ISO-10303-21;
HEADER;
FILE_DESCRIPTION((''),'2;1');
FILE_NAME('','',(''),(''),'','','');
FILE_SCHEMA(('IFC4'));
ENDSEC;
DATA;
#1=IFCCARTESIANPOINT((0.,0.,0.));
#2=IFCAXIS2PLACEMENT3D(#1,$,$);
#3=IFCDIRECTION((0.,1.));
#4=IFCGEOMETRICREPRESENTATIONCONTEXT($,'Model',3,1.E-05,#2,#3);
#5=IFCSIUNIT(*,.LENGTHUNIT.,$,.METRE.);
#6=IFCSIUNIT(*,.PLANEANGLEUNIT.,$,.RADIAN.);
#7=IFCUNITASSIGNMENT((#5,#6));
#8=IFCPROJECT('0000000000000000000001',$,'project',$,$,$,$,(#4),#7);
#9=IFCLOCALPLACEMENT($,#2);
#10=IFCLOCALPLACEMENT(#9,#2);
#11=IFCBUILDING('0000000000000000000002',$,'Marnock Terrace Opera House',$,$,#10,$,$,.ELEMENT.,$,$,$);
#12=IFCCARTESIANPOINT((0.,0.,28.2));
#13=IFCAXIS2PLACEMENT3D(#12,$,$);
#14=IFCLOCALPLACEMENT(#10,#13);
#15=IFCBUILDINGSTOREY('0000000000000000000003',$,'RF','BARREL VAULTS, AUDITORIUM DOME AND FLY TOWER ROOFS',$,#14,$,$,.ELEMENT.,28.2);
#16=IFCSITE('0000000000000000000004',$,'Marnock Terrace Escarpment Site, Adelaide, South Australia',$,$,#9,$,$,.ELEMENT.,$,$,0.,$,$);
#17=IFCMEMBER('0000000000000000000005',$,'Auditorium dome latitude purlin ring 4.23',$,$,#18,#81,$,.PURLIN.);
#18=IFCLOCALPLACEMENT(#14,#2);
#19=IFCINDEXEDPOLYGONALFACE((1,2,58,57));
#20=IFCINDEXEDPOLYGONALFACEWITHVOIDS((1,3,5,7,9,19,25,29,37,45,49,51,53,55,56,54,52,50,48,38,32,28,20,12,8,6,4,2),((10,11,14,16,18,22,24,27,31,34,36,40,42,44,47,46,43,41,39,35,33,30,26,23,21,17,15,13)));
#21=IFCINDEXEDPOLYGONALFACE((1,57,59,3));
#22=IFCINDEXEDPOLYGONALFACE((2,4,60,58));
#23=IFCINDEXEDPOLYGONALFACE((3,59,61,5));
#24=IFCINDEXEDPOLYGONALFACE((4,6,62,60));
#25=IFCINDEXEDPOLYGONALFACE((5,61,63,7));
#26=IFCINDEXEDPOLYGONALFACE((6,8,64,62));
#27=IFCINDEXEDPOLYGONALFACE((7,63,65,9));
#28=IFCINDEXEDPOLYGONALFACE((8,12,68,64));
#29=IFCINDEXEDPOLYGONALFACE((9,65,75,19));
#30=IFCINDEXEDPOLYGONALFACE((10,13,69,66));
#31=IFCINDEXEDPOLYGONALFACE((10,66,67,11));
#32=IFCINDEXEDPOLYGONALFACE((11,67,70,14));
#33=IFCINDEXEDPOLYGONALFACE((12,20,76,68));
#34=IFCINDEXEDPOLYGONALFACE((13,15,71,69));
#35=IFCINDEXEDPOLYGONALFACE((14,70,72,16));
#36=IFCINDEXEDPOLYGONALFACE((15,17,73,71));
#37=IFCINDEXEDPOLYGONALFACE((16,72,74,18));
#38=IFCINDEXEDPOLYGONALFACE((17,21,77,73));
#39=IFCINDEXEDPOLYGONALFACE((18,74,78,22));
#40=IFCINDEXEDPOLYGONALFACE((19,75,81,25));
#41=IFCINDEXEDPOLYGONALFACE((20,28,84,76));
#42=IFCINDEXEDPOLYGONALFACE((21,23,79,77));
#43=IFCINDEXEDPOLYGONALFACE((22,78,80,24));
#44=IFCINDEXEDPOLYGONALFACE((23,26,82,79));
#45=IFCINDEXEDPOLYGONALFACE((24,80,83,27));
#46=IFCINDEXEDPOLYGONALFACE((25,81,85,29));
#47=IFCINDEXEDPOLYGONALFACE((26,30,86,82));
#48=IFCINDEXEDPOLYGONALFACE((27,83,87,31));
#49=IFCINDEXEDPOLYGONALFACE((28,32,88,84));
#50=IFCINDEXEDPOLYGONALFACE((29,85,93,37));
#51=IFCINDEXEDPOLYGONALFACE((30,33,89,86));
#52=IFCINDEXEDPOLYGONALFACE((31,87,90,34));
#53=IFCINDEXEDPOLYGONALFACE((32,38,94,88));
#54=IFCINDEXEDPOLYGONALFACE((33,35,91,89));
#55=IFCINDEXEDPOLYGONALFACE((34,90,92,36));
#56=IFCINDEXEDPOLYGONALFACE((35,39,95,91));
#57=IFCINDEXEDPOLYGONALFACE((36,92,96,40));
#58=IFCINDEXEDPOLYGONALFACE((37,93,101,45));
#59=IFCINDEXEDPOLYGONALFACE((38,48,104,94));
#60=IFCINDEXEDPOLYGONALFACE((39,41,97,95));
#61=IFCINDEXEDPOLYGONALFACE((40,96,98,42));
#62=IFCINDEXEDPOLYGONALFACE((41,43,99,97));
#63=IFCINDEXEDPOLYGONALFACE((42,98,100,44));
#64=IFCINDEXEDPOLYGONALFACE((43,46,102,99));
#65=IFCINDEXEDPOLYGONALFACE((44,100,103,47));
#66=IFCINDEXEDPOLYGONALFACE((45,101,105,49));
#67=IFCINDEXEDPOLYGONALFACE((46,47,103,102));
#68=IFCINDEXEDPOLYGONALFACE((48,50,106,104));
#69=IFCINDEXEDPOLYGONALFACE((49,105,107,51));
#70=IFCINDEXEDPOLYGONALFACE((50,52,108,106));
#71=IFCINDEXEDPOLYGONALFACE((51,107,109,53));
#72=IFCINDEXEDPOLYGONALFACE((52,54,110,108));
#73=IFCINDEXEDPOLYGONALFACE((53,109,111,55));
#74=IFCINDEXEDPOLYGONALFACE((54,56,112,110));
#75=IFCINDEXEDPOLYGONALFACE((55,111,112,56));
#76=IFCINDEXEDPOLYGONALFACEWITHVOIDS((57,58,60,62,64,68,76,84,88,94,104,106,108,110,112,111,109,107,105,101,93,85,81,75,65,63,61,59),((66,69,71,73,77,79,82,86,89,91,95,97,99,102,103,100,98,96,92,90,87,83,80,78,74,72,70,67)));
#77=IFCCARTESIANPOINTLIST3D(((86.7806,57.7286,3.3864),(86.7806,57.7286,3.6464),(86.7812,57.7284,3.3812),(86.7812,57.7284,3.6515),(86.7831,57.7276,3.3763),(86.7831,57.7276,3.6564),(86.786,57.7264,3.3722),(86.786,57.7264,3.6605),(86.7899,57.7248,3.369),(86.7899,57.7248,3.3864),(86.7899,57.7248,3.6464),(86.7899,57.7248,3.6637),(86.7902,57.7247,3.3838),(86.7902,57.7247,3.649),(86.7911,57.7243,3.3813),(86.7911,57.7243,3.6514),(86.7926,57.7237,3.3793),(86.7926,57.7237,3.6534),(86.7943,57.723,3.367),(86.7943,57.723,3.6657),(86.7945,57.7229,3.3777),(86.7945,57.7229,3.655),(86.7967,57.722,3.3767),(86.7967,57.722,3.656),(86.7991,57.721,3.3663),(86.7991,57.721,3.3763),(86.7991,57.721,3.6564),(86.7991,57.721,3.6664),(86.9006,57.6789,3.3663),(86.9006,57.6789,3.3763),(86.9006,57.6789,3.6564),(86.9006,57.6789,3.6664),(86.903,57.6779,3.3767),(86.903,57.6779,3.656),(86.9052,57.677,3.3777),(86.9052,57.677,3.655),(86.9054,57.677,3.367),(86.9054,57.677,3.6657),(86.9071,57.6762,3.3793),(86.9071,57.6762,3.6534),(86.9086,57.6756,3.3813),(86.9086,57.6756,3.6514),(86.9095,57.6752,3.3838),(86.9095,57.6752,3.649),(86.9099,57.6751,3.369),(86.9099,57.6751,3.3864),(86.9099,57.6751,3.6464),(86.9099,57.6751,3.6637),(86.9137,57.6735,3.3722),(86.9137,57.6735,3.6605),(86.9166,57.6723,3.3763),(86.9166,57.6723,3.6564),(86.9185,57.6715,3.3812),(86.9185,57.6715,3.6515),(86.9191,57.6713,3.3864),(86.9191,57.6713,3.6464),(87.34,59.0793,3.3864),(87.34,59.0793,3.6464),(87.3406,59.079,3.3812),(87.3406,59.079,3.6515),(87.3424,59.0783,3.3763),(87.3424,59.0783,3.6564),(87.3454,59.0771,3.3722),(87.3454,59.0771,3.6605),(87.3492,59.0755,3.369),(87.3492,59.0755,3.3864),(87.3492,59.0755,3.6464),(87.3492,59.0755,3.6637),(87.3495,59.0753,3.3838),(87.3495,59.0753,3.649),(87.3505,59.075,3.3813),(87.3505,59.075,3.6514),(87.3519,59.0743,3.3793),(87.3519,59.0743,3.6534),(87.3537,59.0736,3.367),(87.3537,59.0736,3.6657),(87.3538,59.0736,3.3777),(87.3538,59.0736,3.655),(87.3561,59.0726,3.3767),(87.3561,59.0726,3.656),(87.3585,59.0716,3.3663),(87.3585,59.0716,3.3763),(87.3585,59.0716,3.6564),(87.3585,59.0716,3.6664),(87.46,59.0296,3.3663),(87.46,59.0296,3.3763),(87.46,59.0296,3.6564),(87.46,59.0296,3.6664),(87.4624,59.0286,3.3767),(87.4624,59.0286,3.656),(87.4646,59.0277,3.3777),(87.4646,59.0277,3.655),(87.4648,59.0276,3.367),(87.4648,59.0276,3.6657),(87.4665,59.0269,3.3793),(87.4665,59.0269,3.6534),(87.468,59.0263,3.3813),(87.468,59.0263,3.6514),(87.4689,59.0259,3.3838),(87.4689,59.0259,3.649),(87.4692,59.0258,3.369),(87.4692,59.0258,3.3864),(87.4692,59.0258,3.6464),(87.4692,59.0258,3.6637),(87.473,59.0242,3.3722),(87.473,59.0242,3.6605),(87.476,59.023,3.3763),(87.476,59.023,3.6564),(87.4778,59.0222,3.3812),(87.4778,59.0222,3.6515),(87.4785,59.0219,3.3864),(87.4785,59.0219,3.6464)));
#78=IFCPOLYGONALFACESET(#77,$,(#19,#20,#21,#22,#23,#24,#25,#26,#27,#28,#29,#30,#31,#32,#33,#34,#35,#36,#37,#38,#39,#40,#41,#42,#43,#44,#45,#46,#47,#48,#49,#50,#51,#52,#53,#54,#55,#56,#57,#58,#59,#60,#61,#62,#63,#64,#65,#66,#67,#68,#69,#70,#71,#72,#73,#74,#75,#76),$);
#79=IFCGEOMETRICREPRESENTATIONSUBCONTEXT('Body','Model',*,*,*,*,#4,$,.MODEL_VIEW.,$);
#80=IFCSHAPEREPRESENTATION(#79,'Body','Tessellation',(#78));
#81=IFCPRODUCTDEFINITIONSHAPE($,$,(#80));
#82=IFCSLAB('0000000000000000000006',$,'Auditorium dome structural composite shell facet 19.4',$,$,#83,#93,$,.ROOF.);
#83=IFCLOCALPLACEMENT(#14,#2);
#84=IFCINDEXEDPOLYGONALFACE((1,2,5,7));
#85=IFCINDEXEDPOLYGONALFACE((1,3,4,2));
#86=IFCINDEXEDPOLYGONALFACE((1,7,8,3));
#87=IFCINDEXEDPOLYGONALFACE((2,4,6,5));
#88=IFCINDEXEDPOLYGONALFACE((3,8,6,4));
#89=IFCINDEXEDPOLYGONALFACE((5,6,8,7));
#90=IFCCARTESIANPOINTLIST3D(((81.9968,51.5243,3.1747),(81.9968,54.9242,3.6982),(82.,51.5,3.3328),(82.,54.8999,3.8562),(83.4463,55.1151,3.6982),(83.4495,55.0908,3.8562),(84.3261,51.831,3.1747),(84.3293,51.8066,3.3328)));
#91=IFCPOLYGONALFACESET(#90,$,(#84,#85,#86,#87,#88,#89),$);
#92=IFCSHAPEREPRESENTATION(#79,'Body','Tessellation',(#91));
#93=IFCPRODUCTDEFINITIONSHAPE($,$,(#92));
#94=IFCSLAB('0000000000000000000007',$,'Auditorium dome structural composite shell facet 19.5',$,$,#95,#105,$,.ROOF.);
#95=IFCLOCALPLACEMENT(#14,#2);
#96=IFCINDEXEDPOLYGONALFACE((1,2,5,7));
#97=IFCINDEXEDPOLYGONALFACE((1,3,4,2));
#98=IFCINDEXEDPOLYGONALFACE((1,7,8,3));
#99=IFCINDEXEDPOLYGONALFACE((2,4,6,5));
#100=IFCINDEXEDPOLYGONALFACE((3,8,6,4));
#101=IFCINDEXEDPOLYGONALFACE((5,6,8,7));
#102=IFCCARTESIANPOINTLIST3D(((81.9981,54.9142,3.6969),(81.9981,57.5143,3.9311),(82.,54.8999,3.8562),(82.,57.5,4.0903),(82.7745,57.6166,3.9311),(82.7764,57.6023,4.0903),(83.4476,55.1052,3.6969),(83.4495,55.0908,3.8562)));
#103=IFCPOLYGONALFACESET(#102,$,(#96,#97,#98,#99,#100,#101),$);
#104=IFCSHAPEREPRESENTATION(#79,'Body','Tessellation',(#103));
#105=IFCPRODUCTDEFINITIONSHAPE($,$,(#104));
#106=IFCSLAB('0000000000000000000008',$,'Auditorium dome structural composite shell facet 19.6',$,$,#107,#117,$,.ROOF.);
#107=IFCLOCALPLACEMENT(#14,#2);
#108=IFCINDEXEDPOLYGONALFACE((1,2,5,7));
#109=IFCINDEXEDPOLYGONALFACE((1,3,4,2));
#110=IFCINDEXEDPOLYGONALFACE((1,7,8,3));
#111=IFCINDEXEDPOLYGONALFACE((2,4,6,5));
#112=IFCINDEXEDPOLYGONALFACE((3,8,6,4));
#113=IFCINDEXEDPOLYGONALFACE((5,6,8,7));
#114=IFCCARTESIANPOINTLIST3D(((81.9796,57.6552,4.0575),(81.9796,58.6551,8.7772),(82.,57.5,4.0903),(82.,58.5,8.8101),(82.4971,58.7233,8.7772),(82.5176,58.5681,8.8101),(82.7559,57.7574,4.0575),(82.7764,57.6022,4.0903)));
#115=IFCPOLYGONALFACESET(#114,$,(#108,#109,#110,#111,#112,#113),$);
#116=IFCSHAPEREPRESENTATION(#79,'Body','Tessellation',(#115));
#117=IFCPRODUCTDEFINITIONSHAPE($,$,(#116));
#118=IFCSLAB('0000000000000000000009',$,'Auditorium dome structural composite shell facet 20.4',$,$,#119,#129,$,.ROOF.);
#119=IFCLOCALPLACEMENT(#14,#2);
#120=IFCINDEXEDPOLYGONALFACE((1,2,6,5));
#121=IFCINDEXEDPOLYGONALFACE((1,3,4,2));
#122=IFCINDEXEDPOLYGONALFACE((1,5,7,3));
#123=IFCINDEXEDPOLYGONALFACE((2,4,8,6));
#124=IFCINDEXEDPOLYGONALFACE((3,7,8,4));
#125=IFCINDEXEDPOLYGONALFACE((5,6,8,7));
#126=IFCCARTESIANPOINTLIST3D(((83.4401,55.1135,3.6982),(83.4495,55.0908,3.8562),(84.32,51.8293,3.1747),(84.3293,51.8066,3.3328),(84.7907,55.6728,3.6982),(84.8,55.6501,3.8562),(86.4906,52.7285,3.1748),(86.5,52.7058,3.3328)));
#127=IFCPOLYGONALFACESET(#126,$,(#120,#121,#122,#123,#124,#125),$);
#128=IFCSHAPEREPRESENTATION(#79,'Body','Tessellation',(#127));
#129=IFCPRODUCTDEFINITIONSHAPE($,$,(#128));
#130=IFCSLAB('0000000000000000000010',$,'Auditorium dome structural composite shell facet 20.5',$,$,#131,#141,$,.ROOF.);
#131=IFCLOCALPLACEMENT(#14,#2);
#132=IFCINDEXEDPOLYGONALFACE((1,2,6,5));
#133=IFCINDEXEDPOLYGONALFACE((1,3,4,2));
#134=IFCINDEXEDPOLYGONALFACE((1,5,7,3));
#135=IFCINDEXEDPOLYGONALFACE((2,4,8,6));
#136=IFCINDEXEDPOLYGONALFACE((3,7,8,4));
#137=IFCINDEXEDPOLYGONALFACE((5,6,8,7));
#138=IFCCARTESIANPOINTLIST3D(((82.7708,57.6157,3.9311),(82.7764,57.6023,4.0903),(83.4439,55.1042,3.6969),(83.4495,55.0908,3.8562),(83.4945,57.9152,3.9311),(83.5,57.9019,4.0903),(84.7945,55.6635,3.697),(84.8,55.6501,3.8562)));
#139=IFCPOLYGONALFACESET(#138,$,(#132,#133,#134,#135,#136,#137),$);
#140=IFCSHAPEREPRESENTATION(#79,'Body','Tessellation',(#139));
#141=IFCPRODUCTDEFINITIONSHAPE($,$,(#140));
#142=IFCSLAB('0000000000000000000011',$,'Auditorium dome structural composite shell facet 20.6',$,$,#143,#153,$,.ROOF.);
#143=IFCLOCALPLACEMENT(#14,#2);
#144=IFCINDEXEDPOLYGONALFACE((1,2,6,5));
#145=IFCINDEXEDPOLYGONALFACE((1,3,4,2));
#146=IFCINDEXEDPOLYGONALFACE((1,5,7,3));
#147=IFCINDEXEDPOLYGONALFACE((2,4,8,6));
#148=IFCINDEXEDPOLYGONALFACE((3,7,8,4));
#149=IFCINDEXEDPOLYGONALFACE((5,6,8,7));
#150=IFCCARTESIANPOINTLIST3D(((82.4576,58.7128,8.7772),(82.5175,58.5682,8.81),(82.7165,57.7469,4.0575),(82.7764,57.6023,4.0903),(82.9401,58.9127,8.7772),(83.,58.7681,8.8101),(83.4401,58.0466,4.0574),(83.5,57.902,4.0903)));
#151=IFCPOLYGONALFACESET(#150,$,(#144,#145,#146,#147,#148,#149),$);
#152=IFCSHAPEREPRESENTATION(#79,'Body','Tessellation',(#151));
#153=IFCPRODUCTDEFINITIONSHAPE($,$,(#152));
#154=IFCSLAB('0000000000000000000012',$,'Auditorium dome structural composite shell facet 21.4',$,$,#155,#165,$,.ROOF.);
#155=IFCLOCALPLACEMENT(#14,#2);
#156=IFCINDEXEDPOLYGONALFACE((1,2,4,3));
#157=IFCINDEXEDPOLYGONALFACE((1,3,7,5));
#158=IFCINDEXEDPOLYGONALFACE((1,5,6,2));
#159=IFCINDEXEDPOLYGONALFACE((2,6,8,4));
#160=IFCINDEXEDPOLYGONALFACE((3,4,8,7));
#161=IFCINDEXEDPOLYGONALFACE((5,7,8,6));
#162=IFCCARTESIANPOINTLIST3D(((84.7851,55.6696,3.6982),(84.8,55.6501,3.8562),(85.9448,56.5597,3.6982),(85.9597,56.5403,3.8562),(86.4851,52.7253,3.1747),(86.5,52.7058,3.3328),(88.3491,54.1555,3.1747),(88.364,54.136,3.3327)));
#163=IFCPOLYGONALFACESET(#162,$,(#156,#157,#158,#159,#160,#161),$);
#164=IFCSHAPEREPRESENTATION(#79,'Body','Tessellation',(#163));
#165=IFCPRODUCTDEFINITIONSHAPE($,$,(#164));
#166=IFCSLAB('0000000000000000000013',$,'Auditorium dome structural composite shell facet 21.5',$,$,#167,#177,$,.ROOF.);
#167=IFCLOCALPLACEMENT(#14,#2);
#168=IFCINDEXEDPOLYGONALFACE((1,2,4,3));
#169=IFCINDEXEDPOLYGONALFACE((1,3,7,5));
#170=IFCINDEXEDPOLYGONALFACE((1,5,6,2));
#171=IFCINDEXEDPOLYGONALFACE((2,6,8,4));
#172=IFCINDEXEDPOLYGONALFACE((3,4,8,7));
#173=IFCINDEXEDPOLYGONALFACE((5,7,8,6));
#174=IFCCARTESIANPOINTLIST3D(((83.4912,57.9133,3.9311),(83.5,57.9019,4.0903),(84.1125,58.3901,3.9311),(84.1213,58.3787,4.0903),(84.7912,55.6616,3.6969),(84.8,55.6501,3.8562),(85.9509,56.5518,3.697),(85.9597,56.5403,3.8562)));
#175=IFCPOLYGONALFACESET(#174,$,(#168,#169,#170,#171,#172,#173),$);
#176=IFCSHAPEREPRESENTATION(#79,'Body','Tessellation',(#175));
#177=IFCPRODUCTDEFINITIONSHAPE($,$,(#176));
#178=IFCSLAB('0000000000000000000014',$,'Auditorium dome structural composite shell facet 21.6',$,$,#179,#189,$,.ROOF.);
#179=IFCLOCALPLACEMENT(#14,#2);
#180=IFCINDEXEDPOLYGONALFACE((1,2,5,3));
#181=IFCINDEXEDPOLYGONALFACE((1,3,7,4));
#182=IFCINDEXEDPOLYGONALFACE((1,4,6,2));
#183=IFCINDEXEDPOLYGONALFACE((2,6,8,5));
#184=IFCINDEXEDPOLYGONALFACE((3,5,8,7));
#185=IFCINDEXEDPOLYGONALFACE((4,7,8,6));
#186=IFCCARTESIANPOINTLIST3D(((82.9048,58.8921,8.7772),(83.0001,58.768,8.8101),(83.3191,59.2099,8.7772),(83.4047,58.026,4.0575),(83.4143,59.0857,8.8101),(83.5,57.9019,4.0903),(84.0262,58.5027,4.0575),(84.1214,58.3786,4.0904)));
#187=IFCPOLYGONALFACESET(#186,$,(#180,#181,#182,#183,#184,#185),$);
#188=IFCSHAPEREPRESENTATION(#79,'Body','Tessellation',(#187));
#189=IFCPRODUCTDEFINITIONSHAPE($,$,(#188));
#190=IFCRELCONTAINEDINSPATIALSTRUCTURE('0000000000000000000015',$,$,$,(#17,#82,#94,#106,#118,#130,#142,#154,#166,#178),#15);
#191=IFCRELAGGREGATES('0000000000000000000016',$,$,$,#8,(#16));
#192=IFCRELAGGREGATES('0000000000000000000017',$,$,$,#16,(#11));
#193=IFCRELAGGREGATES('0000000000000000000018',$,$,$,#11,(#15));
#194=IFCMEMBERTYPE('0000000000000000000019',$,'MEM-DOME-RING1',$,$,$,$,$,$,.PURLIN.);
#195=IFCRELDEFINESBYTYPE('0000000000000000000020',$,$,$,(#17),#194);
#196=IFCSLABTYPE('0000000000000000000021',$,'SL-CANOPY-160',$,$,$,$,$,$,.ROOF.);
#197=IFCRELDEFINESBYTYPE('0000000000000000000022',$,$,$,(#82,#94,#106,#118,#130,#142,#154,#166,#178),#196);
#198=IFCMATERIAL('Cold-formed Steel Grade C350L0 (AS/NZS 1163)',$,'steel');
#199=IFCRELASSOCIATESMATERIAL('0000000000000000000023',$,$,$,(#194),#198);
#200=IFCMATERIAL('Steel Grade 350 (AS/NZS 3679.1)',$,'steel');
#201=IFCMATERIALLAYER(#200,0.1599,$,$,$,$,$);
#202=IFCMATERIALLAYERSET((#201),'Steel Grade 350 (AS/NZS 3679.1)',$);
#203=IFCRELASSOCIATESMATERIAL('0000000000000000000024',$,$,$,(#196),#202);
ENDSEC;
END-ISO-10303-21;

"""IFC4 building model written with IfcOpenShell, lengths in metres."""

from ifc_helpers import new_model, si_unit, direction, frame, origin, origin_2d, place, context, subcontext, project, spatial, polyline, hollow_rectangle, outline, extrude, material, layer, layer_set, material_profile, profile_set, type_object, element, save


model = new_model("IFC4")

# Units and contexts
model_context = context("Model", 3, precision=1e-05, world=origin(), true_north=direction((0.0, 1.0)))
body_context = subcontext(model_context, "Body", "Model", "MODEL_VIEW")
ifc_project = project(units=[si_unit("LENGTHUNIT", "METRE"), si_unit("PLANEANGLEUNIT", "RADIAN")], contexts=[model_context])

# Site, building, storey
site_placement = place(None, origin())
site = spatial("IfcSite", under=ifc_project, at=site_placement, Name="Marnock Terrace Escarpment Site, Adelaide, South Australia", CompositionType="ELEMENT", RefElevation=0.0)
building_placement = place(site_placement, origin())
building = spatial("IfcBuilding", under=site, at=building_placement, Name="Marnock Terrace Opera House", CompositionType="ELEMENT")
storey_placement = place(building_placement, frame((0.0, 0.0, 28.2)))
storey = spatial("IfcBuildingStorey", under=building, at=storey_placement, Name="RF", Description="BARREL VAULTS, AUDITORIUM DOME AND FLY TOWER ROOFS", CompositionType="ELEMENT", Elevation=28.2)

# Member
ifc_material_1 = material(Name="Cold-formed Steel Grade C350L0 (AS/NZS 1163)", Category="steel")
ifc_material_profile_1 = material_profile(ifc_material_1, hollow_rectangle(XDim=0.1499, YDim=0.3, WallThickness=0.01, InnerFilletRadius=0.01, OuterFilletRadius=0.02, at=origin_2d()))
ifc_profile_set_1 = profile_set([ifc_material_profile_1], Name="Cold-formed Steel Grade C350L0 (AS/NZS 1163)")
member_type_1 = type_object("IfcMemberType", Name="MEM-DOME-RING1", PredefinedType="PURLIN", material=ifc_profile_set_1)
member_1_placement = place(storey_placement, frame((86.8499, 57.7, 3.5164), z_axis=(0.382622, 0.923905, 0.0), x_axis=(-0.923905, 0.382622, 0.0)))
element("IfcMember", 1, at=member_1_placement, inside=storey, type_object=member_type_1, Name="Auditorium dome latitude purlin ring 4.23", PredefinedType="PURLIN", context=body_context, shape_type="SweptSolid", body=[
    extrude(hollow_rectangle(XDim=0.1499, YDim=0.3, WallThickness=0.01, InnerFilletRadius=0.01, OuterFilletRadius=0.02, at=origin_2d()), origin(), (0.0, 0.0, 1.0), 1.4619),
])

# Slabs
ifc_material_2 = material(Name="Steel Grade 350 (AS/NZS 3679.1)", Category="steel")
ifc_layer_1 = layer(ifc_material_2, 0.1599)
ifc_layer_set_1 = layer_set([ifc_layer_1], Name="Steel Grade 350 (AS/NZS 3679.1)")
slab_type = type_object("IfcSlabType", Name="SL-CANOPY-160", PredefinedType="ROOF", material=ifc_layer_set_1)
slab_1_placement = place(storey_placement, frame((82.0, 51.5, 3.3328), z_axis=(0.020031, -0.15213, 0.988157), x_axis=(0.991446, 0.130517, -0.000004)))
element("IfcSlab", 2, at=slab_1_placement, inside=storey, type_object=slab_type, Name="Auditorium dome structural composite shell facet 19.4", PredefinedType="ROOF", context=body_context, shape_type="SweptSolid", body=[
    extrude(outline(polyline([(0.0, 0.0), (2.3494, 0.0), (1.9057, 3.4113), (0.4437, 3.4112), (0.0, 0.0)])), origin(), (0.0, 0.0, -1.0), 0.1599),
])
slab_2_placement = place(storey_placement, frame((82.0, 54.8999, 3.8562), z_axis=(0.011813, -0.089677, 0.995901), x_axis=(0.991437, 0.130589, -0.000001)))
element("IfcSlab", 3, at=slab_2_placement, inside=storey, type_object=slab_type, Name="Auditorium dome structural composite shell facet 19.5", PredefinedType="ROOF", context=body_context, shape_type="SweptSolid", body=[
    extrude(outline(polyline([(0.0, 0.0), (1.462, 0.0), (1.1226, 2.5885), (0.3395, 2.5884), (0.0, 0.0)])), origin(), (0.0, 0.0, -1.0), 0.1599),
])
slab_3_placement = place(storey_placement, frame((82.0, 57.5, 4.0903), z_axis=(0.127782, -0.970265, 0.205566), x_axis=(0.991439, 0.130573, 0.000012)))
element("IfcSlab", 4, at=slab_3_placement, inside=storey, type_object=slab_type, Name="Auditorium dome structural composite shell facet 19.6", PredefinedType="ROOF", context=body_context, shape_type="SweptSolid", body=[
    extrude(outline(polyline([(0.0, 0.0), (0.7831, 0.0), (0.6527, 4.8227), (0.1306, 4.8227), (0.0, 0.0)])), origin(), (0.0, 0.0, -1.0), 0.1599),
])
slab_4_placement = place(storey_placement, frame((84.3293, 51.8066, 3.3328), z_axis=(0.058719, -0.141766, 0.988157), x_axis=(0.923871, 0.382703, 0.000005)))
element("IfcSlab", 5, at=slab_4_placement, inside=storey, type_object=slab_type, Name="Auditorium dome structural composite shell facet 20.4", PredefinedType="ROOF", context=body_context, shape_type="SweptSolid", body=[
    extrude(outline(polyline([(0.0, 0.0), (2.3495, 0.0), (1.9058, 3.4112), (0.444, 3.4113), (0.0, 0.0)])), origin(), (0.0, 0.0, -1.0), 0.1599),
])
slab_5_placement = place(storey_placement, frame((83.4495, 55.0908, 3.8562), z_axis=(0.034605, -0.083571, 0.995901), x_axis=(0.923905, 0.382622, 0.000005)))
element("IfcSlab", 6, at=slab_5_placement, inside=storey, type_object=slab_type, Name="Auditorium dome structural composite shell facet 20.5", PredefinedType="ROOF", context=body_context, shape_type="SweptSolid", body=[
    extrude(outline(polyline([(0.0, 0.0), (1.4618, 0.0), (1.1223, 2.5884), (0.3391, 2.5885), (0.0, 0.0)])), origin(), (0.0, 0.0, -1.0), 0.1599),
])
slab_6_placement = place(storey_placement, frame((82.7764, 57.6023, 4.0903), z_axis=(0.374476, -0.904159, 0.205583), x_axis=(0.923897, 0.382642, -0.000035)))
element("IfcSlab", 7, at=slab_6_placement, inside=storey, type_object=slab_type, Name="Auditorium dome structural composite shell facet 20.6", PredefinedType="ROOF", context=body_context, shape_type="SweptSolid", body=[
    extrude(outline(polyline([(0.0, 0.0), (0.7832, 0.0), (0.6525, 4.8228), (0.1303, 4.8227), (0.0, 0.0)])), origin(), (0.0, 0.0, -1.0), 0.1599),
])
slab_7_placement = place(storey_placement, frame((86.5, 52.7058, 3.3328), z_axis=(0.093413, -0.12173, 0.988158), x_axis=(0.793379, 0.608727, -0.000012)))
element("IfcSlab", 8, at=slab_7_placement, inside=storey, type_object=slab_type, Name="Auditorium dome structural composite shell facet 21.4", PredefinedType="ROOF", context=body_context, shape_type="SweptSolid", body=[
    extrude(outline(polyline([(0.0, 0.0), (2.3495, 0.0), (1.9055, 3.4115), (0.4436, 3.4112), (0.0, 0.0)])), origin(), (0.0, 0.0, -1.0), 0.1599),
])
slab_8_placement = place(storey_placement, frame((84.8, 55.6501, 3.8562), z_axis=(0.055075, -0.071757, 0.9959), x_axis=(0.793257, 0.608887, 0.000004)))
element("IfcSlab", 9, at=slab_8_placement, inside=storey, type_object=slab_type, Name="Auditorium dome structural composite shell facet 21.5", PredefinedType="ROOF", context=body_context, shape_type="SweptSolid", body=[
    extrude(outline(polyline([(0.0, 0.0), (1.4619, 0.0), (1.123, 2.5883), (0.3398, 2.5884), (0.0, 0.0)])), origin(), (0.0, 0.0, -1.0), 0.1599),
])
slab_9_placement = place(storey_placement, frame((83.5, 57.9019, 4.0903), z_axis=(0.595643, -0.776496, 0.205581), x_axis=(0.793439, 0.60865, 0.000037)))
element("IfcSlab", 10, at=slab_9_placement, inside=storey, type_object=slab_type, Name="Auditorium dome structural composite shell facet 21.6", PredefinedType="ROOF", context=body_context, shape_type="SweptSolid", body=[
    extrude(outline(polyline([(0.0, 0.0), (0.7832, 0.0), (0.6527, 4.8227), (0.1307, 4.8228), (0.0, 0.0)])), origin(), (0.0, 0.0, -1.0), 0.1599),
])

save(model, "model.ifc")
